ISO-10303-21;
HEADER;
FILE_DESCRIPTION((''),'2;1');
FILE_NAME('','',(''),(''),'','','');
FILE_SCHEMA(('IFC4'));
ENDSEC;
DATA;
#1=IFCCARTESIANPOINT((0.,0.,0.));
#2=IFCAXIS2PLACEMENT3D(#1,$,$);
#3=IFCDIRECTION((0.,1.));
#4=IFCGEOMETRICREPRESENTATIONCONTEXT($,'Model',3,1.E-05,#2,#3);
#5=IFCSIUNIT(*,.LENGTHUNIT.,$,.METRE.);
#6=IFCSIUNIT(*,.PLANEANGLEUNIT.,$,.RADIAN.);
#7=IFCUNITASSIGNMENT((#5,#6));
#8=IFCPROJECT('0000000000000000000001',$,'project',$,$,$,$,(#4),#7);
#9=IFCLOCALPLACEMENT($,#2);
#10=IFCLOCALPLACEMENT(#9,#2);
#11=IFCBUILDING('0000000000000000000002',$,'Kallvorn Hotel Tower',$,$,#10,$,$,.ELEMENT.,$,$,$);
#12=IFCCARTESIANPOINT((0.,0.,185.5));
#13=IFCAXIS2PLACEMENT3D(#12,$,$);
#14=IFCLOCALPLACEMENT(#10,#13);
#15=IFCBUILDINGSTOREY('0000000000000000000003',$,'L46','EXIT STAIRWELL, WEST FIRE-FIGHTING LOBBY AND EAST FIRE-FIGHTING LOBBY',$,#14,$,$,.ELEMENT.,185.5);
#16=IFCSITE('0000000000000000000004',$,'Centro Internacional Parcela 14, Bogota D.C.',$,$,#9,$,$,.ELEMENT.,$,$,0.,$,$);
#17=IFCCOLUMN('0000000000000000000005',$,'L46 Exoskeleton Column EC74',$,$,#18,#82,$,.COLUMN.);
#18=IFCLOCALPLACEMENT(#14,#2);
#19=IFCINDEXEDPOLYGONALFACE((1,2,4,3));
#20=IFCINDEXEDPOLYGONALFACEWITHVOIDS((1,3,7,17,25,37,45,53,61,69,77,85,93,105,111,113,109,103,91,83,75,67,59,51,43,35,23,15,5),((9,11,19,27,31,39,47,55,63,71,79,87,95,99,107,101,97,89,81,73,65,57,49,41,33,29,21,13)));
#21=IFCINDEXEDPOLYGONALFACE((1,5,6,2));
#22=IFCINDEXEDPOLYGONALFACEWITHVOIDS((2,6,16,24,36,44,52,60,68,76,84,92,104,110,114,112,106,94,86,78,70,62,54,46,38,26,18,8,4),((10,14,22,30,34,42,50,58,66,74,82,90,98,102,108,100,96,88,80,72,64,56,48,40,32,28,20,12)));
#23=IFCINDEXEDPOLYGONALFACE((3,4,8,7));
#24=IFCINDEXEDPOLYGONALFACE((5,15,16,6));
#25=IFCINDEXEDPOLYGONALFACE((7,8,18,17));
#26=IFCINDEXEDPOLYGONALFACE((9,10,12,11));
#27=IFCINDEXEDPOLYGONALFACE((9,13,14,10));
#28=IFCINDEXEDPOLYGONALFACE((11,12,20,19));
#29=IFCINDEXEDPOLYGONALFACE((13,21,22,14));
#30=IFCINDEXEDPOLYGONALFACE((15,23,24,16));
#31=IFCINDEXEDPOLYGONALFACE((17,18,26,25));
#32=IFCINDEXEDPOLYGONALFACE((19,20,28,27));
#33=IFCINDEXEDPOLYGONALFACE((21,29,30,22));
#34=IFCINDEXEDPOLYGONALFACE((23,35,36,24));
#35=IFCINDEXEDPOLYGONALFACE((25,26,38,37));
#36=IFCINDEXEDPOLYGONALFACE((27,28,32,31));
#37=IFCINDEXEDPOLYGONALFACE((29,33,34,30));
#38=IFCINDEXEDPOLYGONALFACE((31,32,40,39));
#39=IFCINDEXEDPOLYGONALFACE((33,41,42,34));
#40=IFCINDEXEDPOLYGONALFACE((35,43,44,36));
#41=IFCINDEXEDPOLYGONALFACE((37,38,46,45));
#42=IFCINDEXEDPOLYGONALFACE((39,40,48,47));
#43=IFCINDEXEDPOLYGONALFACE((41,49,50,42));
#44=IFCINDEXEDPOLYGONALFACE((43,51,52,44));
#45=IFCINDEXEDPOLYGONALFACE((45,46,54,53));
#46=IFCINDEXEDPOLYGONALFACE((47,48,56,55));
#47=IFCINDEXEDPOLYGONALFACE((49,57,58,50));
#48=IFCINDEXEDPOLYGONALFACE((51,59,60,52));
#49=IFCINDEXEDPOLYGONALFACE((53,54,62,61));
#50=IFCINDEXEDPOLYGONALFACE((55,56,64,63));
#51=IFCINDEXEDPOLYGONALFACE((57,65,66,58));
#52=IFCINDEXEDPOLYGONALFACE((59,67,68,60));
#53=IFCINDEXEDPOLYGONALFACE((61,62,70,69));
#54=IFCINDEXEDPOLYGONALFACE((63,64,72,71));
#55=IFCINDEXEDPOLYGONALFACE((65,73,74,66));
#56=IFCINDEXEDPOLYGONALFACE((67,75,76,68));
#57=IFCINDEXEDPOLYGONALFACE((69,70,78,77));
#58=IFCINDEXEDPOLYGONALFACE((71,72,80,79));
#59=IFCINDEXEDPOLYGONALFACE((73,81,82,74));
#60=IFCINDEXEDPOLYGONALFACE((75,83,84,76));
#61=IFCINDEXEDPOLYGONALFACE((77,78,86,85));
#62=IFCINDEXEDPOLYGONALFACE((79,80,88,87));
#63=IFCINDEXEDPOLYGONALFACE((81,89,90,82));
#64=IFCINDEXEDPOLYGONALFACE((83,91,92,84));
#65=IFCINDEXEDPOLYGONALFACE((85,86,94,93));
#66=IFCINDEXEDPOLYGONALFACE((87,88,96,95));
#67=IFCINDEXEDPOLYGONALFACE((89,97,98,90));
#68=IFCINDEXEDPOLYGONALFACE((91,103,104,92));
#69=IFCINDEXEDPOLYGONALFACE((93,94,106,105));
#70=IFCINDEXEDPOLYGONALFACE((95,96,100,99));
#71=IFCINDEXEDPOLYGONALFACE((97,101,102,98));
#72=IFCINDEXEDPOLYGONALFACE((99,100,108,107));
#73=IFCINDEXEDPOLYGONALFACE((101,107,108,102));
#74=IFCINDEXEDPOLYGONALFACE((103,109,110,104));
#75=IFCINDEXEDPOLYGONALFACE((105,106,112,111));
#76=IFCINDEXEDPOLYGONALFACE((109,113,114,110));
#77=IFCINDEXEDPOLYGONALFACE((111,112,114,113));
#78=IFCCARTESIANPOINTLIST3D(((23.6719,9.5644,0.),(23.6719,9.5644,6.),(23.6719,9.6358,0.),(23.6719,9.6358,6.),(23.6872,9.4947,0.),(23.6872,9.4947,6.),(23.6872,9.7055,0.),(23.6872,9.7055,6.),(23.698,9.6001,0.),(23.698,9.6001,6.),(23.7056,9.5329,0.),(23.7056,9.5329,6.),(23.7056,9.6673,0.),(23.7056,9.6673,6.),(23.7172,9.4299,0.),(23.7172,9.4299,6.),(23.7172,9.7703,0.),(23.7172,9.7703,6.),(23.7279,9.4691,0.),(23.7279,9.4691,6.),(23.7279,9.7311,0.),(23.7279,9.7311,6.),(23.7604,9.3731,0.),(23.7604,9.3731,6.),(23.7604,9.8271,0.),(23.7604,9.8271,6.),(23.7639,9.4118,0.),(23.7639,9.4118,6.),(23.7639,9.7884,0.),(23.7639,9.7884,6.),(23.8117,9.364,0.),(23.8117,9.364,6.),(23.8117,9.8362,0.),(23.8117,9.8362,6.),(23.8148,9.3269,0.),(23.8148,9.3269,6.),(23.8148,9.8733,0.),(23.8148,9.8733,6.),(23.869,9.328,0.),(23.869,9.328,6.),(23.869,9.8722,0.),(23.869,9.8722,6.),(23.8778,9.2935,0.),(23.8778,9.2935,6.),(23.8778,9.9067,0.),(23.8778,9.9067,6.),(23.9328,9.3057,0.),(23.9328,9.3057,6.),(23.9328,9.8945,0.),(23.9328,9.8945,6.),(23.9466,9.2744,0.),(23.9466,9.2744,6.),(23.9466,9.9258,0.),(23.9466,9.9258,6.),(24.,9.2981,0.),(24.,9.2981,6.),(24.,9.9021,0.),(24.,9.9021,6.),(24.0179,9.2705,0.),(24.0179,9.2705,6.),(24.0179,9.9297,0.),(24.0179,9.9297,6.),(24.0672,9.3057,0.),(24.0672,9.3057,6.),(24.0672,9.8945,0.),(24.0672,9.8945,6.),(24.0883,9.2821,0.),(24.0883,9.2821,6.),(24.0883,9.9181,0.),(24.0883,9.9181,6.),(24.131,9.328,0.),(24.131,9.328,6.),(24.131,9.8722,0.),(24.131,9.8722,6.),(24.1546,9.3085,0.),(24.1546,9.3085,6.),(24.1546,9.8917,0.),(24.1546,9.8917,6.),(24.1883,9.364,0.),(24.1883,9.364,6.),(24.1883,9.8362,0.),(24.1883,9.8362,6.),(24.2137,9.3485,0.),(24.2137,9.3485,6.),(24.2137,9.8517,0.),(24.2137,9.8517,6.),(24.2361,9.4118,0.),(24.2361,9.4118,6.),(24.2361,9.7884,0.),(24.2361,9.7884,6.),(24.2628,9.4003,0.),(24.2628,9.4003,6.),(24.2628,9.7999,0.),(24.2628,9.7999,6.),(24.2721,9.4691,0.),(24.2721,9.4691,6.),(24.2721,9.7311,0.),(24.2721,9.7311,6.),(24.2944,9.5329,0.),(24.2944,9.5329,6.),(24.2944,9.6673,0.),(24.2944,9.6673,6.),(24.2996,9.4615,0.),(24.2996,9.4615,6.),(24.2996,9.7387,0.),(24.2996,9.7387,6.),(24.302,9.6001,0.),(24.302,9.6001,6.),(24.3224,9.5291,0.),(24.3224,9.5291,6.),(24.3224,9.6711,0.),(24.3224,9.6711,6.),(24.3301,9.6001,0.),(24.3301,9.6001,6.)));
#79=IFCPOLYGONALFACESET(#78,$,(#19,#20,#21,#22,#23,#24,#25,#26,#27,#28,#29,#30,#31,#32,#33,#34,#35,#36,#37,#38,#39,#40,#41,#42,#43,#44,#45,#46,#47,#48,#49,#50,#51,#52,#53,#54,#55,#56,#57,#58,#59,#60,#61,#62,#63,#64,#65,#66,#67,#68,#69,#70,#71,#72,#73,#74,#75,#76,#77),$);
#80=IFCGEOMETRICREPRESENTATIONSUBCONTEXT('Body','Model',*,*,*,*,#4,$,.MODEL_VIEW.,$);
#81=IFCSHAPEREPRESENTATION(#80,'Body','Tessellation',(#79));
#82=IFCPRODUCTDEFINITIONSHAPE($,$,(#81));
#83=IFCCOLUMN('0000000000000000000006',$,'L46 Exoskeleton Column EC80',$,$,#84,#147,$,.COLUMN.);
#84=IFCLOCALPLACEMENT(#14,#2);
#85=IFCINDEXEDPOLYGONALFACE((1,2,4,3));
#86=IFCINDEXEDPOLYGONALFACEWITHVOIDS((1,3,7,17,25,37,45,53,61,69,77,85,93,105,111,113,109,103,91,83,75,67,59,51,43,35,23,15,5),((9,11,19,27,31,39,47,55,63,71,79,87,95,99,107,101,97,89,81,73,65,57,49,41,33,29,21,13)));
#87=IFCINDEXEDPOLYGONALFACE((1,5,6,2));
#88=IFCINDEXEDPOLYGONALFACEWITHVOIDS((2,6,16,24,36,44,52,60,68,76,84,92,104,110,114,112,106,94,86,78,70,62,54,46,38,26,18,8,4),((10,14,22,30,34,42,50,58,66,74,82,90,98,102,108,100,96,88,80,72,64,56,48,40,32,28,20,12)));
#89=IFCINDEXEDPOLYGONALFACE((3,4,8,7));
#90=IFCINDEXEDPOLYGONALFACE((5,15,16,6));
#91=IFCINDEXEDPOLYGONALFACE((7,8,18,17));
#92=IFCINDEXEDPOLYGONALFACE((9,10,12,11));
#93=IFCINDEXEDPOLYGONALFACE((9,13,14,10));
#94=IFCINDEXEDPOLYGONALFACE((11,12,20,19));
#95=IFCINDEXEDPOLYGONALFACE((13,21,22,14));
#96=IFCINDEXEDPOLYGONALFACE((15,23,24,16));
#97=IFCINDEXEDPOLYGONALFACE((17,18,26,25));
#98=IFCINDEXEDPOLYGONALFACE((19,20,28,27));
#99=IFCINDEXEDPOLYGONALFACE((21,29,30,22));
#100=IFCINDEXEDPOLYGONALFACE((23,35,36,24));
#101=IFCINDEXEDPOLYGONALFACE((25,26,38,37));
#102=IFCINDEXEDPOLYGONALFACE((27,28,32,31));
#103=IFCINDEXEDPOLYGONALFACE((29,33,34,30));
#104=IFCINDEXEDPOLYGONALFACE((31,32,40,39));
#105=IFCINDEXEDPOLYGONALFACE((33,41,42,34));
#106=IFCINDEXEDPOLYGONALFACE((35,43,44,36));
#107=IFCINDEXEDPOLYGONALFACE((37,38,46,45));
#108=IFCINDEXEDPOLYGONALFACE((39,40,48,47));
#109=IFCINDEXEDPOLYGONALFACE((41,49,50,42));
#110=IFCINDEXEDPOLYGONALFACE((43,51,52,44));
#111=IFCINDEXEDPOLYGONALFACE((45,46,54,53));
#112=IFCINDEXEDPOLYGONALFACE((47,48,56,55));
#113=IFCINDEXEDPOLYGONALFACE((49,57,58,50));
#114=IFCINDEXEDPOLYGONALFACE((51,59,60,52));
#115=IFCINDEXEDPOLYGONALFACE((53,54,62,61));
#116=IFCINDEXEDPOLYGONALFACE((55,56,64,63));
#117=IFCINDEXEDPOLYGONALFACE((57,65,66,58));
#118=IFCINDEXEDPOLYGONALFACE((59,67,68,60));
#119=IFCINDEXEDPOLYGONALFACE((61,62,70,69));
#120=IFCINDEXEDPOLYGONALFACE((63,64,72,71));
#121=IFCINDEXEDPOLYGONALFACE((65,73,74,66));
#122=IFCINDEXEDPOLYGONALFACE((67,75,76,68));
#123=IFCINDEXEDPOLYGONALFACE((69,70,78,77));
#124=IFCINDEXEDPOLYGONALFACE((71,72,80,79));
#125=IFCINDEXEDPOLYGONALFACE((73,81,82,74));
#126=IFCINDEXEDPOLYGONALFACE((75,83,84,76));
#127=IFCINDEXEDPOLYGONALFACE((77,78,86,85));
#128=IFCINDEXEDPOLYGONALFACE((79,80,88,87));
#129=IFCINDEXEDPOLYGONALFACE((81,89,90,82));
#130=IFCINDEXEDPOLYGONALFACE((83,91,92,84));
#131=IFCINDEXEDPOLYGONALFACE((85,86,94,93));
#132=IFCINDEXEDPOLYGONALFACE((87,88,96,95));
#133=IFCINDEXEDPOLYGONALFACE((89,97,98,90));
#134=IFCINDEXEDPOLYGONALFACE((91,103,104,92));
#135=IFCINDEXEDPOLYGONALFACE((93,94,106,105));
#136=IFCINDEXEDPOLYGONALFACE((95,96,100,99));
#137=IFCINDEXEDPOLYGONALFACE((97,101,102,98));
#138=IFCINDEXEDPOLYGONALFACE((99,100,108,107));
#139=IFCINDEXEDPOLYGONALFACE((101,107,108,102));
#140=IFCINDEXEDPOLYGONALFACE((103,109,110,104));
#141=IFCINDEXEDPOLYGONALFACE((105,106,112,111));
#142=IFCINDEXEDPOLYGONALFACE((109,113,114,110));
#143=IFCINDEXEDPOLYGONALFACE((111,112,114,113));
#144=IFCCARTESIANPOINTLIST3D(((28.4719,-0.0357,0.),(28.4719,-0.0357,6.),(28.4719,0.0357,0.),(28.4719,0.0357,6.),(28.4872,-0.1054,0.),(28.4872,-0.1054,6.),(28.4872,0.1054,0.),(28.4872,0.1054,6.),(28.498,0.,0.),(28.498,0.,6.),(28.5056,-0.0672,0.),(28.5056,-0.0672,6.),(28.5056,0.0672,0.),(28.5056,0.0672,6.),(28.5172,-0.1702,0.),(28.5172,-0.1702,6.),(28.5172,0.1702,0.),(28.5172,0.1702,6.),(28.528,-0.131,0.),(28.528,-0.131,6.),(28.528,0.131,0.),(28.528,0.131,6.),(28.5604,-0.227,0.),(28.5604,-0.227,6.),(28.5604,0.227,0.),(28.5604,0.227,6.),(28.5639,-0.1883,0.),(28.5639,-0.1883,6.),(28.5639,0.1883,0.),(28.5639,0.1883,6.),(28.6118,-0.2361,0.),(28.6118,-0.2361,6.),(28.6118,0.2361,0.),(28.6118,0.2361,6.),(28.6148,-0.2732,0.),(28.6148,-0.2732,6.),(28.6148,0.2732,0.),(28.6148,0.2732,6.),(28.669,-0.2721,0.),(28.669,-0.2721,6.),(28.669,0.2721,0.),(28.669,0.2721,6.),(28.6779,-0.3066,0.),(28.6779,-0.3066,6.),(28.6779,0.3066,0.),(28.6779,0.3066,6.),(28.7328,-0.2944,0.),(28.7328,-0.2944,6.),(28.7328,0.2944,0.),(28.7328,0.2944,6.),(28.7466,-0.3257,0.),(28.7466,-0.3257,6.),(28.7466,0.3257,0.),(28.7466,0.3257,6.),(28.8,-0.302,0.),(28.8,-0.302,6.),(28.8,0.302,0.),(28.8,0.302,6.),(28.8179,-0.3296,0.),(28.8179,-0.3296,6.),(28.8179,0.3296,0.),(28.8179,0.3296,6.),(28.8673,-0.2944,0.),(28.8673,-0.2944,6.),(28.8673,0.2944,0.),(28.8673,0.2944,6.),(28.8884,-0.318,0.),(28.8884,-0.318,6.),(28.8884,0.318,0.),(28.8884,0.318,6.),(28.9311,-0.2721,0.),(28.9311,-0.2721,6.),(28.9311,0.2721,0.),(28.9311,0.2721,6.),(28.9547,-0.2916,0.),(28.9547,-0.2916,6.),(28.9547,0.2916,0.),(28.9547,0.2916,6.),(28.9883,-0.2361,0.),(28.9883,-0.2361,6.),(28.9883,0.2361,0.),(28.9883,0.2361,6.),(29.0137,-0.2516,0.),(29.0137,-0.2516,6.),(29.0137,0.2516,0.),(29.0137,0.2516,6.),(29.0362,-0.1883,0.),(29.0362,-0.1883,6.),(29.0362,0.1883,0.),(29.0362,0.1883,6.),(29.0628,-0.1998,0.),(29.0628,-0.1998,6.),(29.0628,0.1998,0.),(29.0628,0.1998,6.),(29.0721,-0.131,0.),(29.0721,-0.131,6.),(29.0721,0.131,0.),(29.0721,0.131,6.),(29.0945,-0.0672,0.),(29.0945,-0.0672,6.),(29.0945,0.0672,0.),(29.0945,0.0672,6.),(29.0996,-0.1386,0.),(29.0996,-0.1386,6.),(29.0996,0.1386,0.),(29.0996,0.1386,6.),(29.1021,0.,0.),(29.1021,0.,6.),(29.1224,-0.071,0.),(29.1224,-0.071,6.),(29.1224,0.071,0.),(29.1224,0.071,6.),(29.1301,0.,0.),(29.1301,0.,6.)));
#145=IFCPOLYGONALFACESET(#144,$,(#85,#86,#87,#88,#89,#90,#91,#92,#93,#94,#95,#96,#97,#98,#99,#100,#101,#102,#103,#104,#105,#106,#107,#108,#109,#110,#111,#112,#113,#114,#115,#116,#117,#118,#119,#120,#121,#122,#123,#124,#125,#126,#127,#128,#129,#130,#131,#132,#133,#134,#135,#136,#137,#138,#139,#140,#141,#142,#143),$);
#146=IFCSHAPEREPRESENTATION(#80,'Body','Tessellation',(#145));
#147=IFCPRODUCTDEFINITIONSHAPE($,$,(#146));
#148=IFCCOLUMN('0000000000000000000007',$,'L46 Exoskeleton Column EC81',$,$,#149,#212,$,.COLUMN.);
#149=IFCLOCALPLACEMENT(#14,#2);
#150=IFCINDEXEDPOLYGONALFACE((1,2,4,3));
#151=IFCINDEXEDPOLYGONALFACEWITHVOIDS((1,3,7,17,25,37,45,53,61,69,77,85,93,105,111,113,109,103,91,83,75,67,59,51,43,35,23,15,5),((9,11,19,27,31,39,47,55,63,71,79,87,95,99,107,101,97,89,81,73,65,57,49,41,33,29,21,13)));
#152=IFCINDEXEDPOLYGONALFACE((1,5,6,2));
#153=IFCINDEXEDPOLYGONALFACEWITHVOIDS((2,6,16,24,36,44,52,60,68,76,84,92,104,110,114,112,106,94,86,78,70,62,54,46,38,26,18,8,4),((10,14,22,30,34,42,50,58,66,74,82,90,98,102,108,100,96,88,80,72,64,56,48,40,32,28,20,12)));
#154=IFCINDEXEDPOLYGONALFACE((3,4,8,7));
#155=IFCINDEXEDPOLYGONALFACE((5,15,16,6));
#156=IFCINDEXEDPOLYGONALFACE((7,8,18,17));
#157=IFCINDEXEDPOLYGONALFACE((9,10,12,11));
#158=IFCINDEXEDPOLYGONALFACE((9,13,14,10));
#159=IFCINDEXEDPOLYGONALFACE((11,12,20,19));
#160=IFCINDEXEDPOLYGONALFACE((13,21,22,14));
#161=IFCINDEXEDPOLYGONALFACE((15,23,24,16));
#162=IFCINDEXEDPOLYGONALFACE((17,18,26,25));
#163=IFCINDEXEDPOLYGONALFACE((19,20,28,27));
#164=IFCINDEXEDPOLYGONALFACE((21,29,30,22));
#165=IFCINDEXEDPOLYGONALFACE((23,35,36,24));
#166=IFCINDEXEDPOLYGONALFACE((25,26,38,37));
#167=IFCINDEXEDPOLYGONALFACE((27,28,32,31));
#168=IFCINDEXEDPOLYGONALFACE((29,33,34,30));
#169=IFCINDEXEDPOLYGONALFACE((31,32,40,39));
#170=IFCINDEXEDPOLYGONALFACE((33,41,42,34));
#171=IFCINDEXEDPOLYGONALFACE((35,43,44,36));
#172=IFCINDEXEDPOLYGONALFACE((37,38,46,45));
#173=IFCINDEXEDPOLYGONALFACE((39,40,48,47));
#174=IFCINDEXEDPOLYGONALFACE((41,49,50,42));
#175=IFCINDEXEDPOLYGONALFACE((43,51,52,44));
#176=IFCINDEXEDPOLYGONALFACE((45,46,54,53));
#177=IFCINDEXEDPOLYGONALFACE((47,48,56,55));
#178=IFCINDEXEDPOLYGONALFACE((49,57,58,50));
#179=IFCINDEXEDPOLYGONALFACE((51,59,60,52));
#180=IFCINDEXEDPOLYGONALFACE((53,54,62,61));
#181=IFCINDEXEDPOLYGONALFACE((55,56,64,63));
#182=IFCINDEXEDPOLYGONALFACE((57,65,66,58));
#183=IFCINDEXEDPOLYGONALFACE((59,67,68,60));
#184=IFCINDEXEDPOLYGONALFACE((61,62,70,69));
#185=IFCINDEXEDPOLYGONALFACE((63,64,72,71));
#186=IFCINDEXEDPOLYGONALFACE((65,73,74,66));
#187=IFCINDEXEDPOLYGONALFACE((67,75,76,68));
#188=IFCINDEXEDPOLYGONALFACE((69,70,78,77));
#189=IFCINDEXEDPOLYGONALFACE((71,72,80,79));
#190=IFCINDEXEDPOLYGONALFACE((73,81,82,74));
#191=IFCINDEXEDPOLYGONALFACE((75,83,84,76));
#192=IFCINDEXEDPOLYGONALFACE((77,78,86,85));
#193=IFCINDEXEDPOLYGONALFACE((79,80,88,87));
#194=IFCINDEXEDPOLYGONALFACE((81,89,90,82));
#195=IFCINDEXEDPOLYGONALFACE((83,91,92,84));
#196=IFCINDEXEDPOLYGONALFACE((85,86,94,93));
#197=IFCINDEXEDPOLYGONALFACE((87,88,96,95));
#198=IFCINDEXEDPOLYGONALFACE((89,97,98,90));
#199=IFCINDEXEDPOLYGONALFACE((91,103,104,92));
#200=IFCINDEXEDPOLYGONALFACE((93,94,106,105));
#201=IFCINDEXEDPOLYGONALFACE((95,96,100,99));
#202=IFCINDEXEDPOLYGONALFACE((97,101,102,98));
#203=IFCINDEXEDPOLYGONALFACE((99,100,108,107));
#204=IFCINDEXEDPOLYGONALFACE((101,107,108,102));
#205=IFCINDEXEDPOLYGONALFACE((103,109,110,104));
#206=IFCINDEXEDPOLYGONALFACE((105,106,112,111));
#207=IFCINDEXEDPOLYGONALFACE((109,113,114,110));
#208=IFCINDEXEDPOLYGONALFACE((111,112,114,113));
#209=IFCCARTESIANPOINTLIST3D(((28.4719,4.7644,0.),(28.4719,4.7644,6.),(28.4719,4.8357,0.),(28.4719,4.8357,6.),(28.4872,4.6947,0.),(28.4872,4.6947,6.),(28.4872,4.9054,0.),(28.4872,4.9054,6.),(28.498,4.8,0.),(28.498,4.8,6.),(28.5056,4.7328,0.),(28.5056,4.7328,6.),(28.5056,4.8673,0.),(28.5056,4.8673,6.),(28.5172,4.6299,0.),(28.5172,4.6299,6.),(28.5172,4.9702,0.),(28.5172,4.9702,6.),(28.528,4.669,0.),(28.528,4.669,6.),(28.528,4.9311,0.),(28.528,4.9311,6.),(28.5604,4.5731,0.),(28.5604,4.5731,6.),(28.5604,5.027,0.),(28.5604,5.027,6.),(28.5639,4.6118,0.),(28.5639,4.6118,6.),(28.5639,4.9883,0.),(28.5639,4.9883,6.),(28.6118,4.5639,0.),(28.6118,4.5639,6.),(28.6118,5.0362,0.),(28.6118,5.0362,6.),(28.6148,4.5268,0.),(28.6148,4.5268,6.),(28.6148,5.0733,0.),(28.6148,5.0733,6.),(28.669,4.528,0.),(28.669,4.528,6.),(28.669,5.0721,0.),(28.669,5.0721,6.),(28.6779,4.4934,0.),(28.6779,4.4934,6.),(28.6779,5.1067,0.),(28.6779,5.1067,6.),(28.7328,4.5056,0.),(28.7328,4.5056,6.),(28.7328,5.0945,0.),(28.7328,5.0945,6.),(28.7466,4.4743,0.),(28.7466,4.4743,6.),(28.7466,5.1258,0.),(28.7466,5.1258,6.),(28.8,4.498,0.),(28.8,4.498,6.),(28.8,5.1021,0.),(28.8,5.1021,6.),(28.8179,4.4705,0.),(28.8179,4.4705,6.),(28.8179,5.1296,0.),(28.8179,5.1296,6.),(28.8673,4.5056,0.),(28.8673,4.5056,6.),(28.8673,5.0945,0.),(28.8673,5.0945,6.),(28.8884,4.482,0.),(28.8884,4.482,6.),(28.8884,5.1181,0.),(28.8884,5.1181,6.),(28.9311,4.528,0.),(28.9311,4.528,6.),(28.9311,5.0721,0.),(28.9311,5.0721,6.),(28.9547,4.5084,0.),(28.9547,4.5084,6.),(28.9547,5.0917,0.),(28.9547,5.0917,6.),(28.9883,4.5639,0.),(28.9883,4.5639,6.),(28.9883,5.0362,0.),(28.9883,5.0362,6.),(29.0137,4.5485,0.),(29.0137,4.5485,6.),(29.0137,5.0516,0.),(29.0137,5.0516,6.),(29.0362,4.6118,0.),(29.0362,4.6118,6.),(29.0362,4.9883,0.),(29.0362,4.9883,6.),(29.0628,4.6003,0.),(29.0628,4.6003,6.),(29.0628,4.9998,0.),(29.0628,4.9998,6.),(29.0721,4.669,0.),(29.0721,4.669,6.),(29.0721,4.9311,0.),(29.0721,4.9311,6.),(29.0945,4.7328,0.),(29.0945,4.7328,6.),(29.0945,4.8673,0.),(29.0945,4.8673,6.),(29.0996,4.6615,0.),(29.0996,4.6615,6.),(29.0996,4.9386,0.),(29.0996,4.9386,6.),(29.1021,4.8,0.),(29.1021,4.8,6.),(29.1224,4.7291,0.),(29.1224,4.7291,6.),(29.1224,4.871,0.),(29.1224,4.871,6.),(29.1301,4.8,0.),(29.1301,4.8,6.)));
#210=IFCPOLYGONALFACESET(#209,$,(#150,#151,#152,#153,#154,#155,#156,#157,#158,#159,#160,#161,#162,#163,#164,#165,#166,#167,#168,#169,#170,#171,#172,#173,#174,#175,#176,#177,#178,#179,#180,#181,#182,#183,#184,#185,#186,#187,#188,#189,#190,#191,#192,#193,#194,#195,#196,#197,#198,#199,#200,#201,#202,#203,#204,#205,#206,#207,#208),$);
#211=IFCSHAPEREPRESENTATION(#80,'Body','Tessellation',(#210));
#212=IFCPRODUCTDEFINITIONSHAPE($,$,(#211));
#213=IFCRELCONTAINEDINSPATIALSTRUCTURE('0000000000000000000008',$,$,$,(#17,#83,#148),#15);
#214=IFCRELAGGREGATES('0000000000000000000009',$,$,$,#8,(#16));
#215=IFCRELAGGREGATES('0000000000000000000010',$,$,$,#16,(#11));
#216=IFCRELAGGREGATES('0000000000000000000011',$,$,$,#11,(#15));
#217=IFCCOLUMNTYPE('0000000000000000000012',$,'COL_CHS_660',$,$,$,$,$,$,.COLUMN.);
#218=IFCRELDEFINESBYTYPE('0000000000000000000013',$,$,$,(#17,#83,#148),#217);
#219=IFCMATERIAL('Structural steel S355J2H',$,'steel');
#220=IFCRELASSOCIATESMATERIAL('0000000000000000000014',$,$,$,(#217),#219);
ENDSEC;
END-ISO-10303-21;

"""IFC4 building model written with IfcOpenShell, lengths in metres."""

from ifc_helpers import new_model, si_unit, direction, frame, origin, origin_2d, place, context, subcontext, project, spatial, hollow_circle, extrude, material, material_profile, profile_set, type_object, element, save


model = new_model("IFC4")

# Units and contexts
model_context = context("Model", 3, precision=1e-05, world=origin(), true_north=direction((0.0, 1.0)))
body_context = subcontext(model_context, "Body", "Model", "MODEL_VIEW")
ifc_project = project(units=[si_unit("LENGTHUNIT", "METRE"), si_unit("PLANEANGLEUNIT", "RADIAN")], contexts=[model_context])

# Site, building, storey
site_placement = place(None, origin())
site = spatial("IfcSite", under=ifc_project, at=site_placement, Name="Centro Internacional Parcela 14, Bogota D.C.", CompositionType="ELEMENT", RefElevation=0.0)
building_placement = place(site_placement, origin())
building = spatial("IfcBuilding", under=site, at=building_placement, Name="Kallvorn Hotel Tower", CompositionType="ELEMENT")
storey_placement = place(building_placement, frame((0.0, 0.0, 185.5)))
storey = spatial("IfcBuildingStorey", under=building, at=storey_placement, Name="L46", Description="EXIT STAIRWELL, WEST FIRE-FIGHTING LOBBY AND EAST FIRE-FIGHTING LOBBY", CompositionType="ELEMENT", Elevation=185.5)

# Columns
ifc_material_1 = material(Name="Structural steel S355J2H", Category="steel")
ifc_material_profile_1 = material_profile(ifc_material_1, hollow_circle(Radius=0.3301, WallThickness=0.0281, at=origin_2d()), Name="CHS 660x28")
ifc_profile_set_1 = profile_set([ifc_material_profile_1], Name="Structural steel S355J2H")
column_type_1 = type_object("IfcColumnType", Name="COL_CHS_660", PredefinedType="COLUMN", material=ifc_profile_set_1)
for number, where, z_axis, x_axis, name in (
    (1, (24.0, 9.6001, 0.0), (0.0, 0.0, 1.0), (1.0, 0.0, 0.0), "L46 Exoskeleton Column EC74"),
    (2, (28.8, 0.0, 0.0), (0.0, 0.0, 1.0), (1.0, 0.0, 0.0), "L46 Exoskeleton Column EC80"),
    (3, (28.8, 4.8, 0.0), (0.0, 0.0, 1.0), (1.0, 0.0, 0.0), "L46 Exoskeleton Column EC81"),
):
    element("IfcColumn", number, at=place(storey_placement, frame(where, z_axis=z_axis, x_axis=x_axis)), inside=storey, type_object=column_type_1, Name=name, PredefinedType="COLUMN", context=body_context, shape_type="SweptSolid", body=[
        extrude(hollow_circle(Radius=0.3301, WallThickness=0.0281, at=origin_2d()), origin(), (0.0, 0.0, 1.0), 6.0),
    ])

save(model, "model.ifc")
